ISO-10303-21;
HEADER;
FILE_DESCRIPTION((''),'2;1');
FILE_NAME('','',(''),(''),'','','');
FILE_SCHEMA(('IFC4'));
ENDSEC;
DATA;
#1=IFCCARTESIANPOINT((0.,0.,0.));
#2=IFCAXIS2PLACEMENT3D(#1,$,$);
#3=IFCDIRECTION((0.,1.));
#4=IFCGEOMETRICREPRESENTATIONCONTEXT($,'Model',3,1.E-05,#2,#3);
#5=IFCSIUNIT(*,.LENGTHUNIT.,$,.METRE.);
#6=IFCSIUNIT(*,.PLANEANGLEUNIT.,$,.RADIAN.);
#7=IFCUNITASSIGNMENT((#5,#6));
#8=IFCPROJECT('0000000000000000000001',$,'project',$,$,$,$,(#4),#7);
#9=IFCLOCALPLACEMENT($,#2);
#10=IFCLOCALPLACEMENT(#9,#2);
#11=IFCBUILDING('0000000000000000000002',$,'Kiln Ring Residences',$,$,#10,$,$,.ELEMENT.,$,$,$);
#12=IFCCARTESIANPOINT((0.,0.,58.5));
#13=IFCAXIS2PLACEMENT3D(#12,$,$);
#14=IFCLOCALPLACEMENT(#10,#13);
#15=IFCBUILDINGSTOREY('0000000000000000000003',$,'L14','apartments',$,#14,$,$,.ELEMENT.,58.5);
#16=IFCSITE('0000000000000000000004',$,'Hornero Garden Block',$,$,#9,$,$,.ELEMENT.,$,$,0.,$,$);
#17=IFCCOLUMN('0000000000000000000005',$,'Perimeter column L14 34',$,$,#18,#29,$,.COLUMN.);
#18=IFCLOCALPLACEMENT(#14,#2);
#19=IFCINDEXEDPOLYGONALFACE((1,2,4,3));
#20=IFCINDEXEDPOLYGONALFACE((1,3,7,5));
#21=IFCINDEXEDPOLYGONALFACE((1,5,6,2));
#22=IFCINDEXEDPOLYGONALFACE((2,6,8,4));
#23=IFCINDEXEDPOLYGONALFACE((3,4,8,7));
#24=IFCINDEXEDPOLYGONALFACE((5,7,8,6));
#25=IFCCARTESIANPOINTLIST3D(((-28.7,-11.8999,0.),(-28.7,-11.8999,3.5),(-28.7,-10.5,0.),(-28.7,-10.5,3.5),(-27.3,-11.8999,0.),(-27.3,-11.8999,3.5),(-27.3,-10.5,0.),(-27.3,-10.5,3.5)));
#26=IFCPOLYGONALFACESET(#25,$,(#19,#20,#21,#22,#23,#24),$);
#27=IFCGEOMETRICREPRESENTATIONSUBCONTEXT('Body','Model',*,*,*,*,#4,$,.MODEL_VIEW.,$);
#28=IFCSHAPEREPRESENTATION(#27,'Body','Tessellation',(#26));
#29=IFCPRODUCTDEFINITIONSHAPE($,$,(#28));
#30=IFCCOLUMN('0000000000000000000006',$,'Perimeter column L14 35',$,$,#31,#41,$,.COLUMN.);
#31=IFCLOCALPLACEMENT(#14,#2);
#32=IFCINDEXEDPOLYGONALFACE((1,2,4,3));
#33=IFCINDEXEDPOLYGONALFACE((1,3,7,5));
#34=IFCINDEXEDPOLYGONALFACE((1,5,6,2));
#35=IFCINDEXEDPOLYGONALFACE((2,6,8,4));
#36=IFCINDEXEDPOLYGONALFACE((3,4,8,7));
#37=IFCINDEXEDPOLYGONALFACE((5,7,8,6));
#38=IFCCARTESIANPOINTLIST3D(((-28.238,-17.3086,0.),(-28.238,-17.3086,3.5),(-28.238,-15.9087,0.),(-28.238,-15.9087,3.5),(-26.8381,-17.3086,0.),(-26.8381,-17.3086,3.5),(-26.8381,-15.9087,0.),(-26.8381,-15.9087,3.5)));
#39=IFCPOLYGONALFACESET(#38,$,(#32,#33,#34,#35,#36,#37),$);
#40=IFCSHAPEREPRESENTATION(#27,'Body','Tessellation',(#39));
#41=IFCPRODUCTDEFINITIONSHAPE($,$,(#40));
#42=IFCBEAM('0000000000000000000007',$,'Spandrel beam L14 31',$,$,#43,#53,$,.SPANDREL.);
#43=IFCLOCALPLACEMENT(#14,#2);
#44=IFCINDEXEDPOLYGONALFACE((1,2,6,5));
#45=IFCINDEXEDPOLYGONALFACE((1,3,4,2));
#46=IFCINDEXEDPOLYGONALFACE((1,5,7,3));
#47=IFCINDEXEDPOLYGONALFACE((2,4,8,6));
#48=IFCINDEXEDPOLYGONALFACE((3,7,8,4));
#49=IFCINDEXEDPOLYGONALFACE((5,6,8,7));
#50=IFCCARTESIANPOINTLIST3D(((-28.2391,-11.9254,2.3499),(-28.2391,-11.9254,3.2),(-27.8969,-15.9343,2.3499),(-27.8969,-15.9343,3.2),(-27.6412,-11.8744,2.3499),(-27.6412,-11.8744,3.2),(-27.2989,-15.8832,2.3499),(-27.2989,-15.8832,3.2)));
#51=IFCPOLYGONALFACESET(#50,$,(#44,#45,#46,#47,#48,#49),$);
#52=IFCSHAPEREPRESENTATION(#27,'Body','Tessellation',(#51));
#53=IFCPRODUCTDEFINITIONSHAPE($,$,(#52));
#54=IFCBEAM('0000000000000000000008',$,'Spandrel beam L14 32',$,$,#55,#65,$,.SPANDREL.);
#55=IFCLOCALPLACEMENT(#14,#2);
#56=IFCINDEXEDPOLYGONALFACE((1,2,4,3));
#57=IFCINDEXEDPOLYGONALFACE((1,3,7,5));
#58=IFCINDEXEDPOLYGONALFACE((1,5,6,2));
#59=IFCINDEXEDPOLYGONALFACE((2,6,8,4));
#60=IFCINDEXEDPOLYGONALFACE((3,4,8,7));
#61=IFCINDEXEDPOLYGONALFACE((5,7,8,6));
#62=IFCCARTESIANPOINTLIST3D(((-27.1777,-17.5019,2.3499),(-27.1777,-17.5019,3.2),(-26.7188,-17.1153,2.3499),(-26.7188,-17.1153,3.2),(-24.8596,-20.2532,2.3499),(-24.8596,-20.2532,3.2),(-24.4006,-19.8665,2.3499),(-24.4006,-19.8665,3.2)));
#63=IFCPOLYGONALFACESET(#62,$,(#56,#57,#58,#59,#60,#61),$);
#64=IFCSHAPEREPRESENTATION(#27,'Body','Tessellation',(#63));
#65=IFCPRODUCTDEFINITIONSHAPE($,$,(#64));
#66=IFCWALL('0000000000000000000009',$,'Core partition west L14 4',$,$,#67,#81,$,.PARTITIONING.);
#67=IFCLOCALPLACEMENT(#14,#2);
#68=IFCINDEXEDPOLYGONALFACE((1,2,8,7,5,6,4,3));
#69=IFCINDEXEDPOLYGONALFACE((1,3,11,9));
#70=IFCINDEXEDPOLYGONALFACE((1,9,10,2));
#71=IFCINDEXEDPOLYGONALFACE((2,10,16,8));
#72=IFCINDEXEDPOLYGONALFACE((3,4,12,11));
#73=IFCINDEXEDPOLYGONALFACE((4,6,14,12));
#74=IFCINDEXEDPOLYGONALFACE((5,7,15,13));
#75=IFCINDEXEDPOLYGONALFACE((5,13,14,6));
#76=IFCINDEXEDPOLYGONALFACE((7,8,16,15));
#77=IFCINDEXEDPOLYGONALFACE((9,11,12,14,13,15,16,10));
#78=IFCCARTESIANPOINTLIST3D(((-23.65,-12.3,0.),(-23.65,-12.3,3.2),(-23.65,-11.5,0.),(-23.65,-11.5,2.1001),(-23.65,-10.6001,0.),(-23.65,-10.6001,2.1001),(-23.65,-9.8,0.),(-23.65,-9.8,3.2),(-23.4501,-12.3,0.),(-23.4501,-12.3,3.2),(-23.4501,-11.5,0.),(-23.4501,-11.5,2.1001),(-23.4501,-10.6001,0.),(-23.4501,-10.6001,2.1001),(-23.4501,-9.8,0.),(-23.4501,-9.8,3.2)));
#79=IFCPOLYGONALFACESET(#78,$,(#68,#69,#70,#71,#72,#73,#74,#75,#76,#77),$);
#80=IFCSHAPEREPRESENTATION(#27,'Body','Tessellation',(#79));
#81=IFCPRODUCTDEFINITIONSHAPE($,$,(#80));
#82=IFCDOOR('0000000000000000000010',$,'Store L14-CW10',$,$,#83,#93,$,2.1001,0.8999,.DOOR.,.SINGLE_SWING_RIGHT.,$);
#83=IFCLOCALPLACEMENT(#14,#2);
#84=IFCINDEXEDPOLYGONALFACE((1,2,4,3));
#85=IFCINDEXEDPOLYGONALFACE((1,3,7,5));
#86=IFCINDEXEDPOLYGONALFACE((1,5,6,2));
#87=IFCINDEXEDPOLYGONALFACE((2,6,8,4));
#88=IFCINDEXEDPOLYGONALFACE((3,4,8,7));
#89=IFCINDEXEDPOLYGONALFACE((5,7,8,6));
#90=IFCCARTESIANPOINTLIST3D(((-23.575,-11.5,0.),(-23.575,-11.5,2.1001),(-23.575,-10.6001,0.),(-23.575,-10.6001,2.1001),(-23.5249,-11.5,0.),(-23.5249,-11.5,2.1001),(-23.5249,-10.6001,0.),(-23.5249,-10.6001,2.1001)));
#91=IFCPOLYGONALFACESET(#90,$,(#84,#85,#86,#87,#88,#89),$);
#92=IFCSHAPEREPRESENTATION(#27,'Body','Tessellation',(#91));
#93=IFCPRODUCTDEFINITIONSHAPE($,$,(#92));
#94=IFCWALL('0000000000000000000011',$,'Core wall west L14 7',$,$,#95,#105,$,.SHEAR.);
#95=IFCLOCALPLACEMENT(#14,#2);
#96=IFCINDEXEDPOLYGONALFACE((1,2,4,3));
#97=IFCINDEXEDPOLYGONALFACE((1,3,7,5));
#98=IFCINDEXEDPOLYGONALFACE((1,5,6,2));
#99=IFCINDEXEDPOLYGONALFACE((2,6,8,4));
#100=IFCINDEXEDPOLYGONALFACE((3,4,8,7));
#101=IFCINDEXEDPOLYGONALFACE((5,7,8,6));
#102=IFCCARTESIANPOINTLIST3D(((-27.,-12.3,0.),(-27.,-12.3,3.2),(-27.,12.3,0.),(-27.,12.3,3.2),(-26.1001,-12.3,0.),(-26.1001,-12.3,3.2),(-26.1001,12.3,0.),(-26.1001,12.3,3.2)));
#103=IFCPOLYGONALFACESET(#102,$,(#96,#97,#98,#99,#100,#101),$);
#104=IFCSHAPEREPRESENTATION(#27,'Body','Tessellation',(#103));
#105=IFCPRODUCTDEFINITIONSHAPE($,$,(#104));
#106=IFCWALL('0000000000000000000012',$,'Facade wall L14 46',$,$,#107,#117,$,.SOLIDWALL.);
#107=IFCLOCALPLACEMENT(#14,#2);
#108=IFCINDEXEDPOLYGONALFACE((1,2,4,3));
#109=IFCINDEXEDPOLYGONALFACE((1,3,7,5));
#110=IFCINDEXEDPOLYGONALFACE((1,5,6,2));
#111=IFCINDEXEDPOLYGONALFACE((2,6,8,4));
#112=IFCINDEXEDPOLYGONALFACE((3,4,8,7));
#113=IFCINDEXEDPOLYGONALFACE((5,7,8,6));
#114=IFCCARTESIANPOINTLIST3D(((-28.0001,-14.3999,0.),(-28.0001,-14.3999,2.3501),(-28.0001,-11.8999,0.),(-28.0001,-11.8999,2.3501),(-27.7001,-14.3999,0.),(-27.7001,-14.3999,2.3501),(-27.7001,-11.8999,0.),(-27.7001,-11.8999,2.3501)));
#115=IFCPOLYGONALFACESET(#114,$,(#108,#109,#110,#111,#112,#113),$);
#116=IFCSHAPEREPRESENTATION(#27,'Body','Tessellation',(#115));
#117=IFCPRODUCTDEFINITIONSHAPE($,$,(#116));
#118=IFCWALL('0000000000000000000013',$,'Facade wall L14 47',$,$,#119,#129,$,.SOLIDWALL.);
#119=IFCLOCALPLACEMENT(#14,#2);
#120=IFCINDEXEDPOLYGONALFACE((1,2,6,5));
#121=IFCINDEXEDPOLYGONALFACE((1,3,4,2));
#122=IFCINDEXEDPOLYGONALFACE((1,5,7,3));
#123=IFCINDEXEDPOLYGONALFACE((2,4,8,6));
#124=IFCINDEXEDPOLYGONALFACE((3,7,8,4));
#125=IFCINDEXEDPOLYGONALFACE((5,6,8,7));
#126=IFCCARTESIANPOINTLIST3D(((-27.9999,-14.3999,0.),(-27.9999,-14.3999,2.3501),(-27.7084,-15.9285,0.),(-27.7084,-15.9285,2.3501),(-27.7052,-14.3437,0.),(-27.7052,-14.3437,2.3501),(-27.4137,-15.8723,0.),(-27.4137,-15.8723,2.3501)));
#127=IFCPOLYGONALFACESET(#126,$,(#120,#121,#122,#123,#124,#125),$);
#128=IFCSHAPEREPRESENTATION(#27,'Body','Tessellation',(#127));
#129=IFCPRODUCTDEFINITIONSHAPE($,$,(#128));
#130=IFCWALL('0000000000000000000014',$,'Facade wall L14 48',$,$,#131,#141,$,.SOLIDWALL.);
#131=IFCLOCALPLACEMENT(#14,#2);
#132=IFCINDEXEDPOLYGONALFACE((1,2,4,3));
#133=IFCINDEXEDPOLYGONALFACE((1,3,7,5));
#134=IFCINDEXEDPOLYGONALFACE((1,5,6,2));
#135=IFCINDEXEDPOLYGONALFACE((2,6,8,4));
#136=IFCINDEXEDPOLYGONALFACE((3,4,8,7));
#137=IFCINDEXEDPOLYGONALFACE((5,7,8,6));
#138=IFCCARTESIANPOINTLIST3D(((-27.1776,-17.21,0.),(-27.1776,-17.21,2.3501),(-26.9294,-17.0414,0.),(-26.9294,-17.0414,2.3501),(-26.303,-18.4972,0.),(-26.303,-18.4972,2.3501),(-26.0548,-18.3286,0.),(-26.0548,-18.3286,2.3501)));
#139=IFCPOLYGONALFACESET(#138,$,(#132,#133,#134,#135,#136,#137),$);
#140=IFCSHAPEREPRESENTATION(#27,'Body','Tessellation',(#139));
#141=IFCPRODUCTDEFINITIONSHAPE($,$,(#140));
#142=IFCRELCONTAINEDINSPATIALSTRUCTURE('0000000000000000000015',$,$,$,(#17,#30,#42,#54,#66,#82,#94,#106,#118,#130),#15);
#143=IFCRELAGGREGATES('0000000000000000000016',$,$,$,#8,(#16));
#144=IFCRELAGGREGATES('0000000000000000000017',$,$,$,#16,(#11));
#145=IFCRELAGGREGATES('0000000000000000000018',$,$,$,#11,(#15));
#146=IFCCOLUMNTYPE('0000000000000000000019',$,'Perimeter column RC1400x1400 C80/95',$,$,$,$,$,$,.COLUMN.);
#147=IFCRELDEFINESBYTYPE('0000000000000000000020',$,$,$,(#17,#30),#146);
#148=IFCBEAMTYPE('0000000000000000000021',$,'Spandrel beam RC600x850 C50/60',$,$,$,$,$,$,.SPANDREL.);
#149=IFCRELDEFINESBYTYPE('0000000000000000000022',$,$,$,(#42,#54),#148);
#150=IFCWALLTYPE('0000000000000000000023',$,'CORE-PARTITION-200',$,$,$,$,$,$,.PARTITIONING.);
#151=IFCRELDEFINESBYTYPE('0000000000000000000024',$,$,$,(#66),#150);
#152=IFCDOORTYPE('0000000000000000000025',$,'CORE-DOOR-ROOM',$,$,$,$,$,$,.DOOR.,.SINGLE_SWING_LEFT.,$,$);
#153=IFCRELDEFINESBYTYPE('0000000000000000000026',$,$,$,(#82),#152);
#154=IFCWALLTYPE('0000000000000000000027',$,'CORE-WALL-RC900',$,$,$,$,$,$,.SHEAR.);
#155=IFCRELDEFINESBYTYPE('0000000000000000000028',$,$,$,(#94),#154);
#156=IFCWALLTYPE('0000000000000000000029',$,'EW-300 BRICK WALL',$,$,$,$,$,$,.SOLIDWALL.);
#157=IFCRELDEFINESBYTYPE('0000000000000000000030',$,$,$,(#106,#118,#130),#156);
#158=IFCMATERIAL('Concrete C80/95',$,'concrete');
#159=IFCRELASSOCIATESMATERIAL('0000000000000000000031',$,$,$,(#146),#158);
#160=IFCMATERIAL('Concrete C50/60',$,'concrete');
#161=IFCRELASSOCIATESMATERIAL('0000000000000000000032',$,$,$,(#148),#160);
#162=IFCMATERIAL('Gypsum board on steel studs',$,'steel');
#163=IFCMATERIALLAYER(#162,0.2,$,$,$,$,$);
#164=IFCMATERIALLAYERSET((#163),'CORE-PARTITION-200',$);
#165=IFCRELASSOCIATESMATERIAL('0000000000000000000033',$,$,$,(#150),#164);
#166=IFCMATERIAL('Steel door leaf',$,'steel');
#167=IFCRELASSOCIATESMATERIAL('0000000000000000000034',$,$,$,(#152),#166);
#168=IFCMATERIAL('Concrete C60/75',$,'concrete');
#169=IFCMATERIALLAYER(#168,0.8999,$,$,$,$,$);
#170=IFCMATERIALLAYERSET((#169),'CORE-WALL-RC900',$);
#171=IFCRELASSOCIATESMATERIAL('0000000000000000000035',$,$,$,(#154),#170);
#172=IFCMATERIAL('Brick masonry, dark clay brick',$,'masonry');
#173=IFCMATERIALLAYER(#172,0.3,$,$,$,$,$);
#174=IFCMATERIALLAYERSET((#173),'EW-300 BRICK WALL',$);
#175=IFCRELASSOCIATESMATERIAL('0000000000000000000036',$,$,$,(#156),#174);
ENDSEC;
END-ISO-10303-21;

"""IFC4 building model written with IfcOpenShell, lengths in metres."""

from ifc_helpers import new_model, si_unit, direction, frame, frame_2d, origin, origin_2d, place, context, subcontext, project, spatial, rectangle, extrude, material, layer, layer_set, material_profile, profile_set, type_object, element, fill, save


model = new_model("IFC4")

# Units and contexts
model_context = context("Model", 3, precision=1e-05, world=origin(), true_north=direction((0.0, 1.0)))
body_context = subcontext(model_context, "Body", "Model", "MODEL_VIEW")
ifc_project = project(units=[si_unit("LENGTHUNIT", "METRE"), si_unit("PLANEANGLEUNIT", "RADIAN")], contexts=[model_context])

# Site, building, storey
site_placement = place(None, origin())
site = spatial("IfcSite", under=ifc_project, at=site_placement, Name="Hornero Garden Block", CompositionType="ELEMENT", RefElevation=0.0)
building_placement = place(site_placement, origin())
building = spatial("IfcBuilding", under=site, at=building_placement, Name="Kiln Ring Residences", CompositionType="ELEMENT")
storey_placement = place(building_placement, frame((0.0, 0.0, 58.5)))
storey = spatial("IfcBuildingStorey", under=building, at=storey_placement, Name="L14", Description="apartments", CompositionType="ELEMENT", Elevation=58.5)

# Columns
ifc_material_1 = material(Name="Concrete C80/95", Category="concrete")
ifc_material_profile_1 = material_profile(ifc_material_1, rectangle(XDim=1.3999, YDim=1.3999, at=origin_2d()), Name="RC1400x1400")
ifc_profile_set_1 = profile_set([ifc_material_profile_1], Name="Concrete C80/95")
column_type = type_object("IfcColumnType", Name="Perimeter column RC1400x1400 C80/95", PredefinedType="COLUMN", material=ifc_profile_set_1)
for number, where, z_axis, x_axis, name in (
    (1, (-28.0, -11.2, 0.0), (0.0, 0.0, 1.0), (1.0, 0.0, 0.0), "Perimeter column L14 34"),
    (2, (-27.5381, -16.6086, 0.0), (0.0, 0.0, 1.0), (1.0, 0.0, 0.0), "Perimeter column L14 35"),
):
    element("IfcColumn", number, at=place(storey_placement, frame(where, z_axis=z_axis, x_axis=x_axis)), inside=storey, type_object=column_type, Name=name, PredefinedType="COLUMN", context=body_context, shape_type="SweptSolid", body=[
        extrude(rectangle(XDim=1.3999, YDim=1.3999, at=origin_2d()), origin(), (0.0, 0.0, 1.0), 3.5),
    ])

# Beams
ifc_material_2 = material(Name="Concrete C50/60", Category="concrete")
ifc_material_profile_2 = material_profile(ifc_material_2, rectangle(XDim=0.6001, YDim=0.8501, at=origin_2d()), Name="RC600x850")
ifc_profile_set_2 = profile_set([ifc_material_profile_2], Name="Concrete C50/60")
beam_type = type_object("IfcBeamType", Name="Spandrel beam RC600x850 C50/60", PredefinedType="SPANDREL", material=ifc_profile_set_2)
beam_1_placement = place(storey_placement, frame((-27.9402, -11.8999, 2.7749), z_axis=(0.085074, -0.996375, 0.0), x_axis=(0.996375, 0.085074, 0.0)))
element("IfcBeam", 3, at=beam_1_placement, inside=storey, type_object=beam_type, Name="Spandrel beam L14 31", PredefinedType="SPANDREL", context=body_context, shape_type="SweptSolid", body=[
    extrude(rectangle(XDim=0.6001, YDim=0.8501, at=origin_2d()), origin(), (0.0, 0.0, 1.0), 4.0234),
])
beam_2_placement = place(storey_placement, frame((-26.9482, -17.3086, 2.7749), z_axis=(0.644347, -0.764733, 0.0), x_axis=(0.764733, 0.644347, 0.0)))
element("IfcBeam", 4, at=beam_2_placement, inside=storey, type_object=beam_type, Name="Spandrel beam L14 32", PredefinedType="SPANDREL", context=body_context, shape_type="SweptSolid", body=[
    extrude(rectangle(XDim=0.6001, YDim=0.8501, at=origin_2d()), origin(), (0.0, 0.0, 1.0), 3.5977),
])

# Wall, opening, door
ifc_material_3 = material(Name="Gypsum board on steel studs", Category="steel")
ifc_layer_1 = layer(ifc_material_3, 0.2)
ifc_layer_set_1 = layer_set([ifc_layer_1], Name="CORE-PARTITION-200")
wall_type_1 = type_object("IfcWallType", Name="CORE-PARTITION-200", PredefinedType="PARTITIONING", material=ifc_layer_set_1)
wall_1_placement = place(storey_placement, frame((-23.55, -12.3, 0.0), z_axis=(0.0, 0.0, 1.0), x_axis=(0.0, 1.0, 0.0)))
wall_1 = element("IfcWall", 5, at=wall_1_placement, inside=storey, type_object=wall_type_1, Name="Core partition west L14 4", PredefinedType="PARTITIONING", context=body_context, shape_type="SweptSolid", body=[
    extrude(rectangle(XDim=2.5, YDim=0.2, at=frame_2d((1.25, 0.0))), origin(), (0.0, 0.0, 1.0), 3.2),
])
opening_1_placement = place(wall_1_placement, frame((0.8, 0.0, 0.0)))
opening_1 = element("IfcOpeningElement", 6, at=opening_1_placement, cuts=wall_1, PredefinedType="OPENING", context=body_context, shape_type="SweptSolid", body=[
    extrude(rectangle(XDim=0.8999, YDim=2.1001, at=frame_2d((0.45, 1.05))), frame((0.0, 0.1099, 0.0), z_axis=(0.0, -1.0, 0.0), x_axis=(1.0, 0.0, 0.0)), (0.0, 0.0, 1.0), 0.22),
])
ifc_material_4 = material(Name="Steel door leaf", Category="steel")
door_type_1 = type_object("IfcDoorType", Name="CORE-DOOR-ROOM", OperationType="SINGLE_SWING_LEFT", PredefinedType="DOOR", material=ifc_material_4)
door_1_placement = place(opening_1_placement, origin())
door_1 = element("IfcDoor", 7, at=door_1_placement, inside=storey, type_object=door_type_1, Name="Store L14-CW10", OperationType="SINGLE_SWING_RIGHT", OverallHeight=2.1001, OverallWidth=0.8999, PredefinedType="DOOR", context=body_context, shape_type="SweptSolid", body=[
    extrude(rectangle(XDim=0.8999, YDim=2.1001, at=frame_2d((0.45, 1.05))), frame((0.0, 0.0249, 0.0), z_axis=(0.0, -1.0, 0.0), x_axis=(1.0, 0.0, 0.0)), (0.0, 0.0, 1.0), 0.05),
])
fill(opening_1, door_1)

# Walls
ifc_material_5 = material(Name="Concrete C60/75", Category="concrete")
ifc_layer_2 = layer(ifc_material_5, 0.8999)
ifc_layer_set_2 = layer_set([ifc_layer_2], Name="CORE-WALL-RC900")
wall_type_2 = type_object("IfcWallType", Name="CORE-WALL-RC900", PredefinedType="SHEAR", material=ifc_layer_set_2)
wall_2_placement = place(storey_placement, frame((-26.55, -12.3, 0.0), z_axis=(0.0, 0.0, 1.0), x_axis=(0.0, 1.0, 0.0)))
element("IfcWall", 8, at=wall_2_placement, inside=storey, type_object=wall_type_2, Name="Core wall west L14 7", PredefinedType="SHEAR", context=body_context, shape_type="SweptSolid", body=[
    extrude(rectangle(XDim=24.6001, YDim=0.8999, at=frame_2d((12.3, 0.0))), origin(), (0.0, 0.0, 1.0), 3.2),
])
ifc_material_6 = material(Name="Brick masonry, dark clay brick", Category="masonry")
ifc_layer_3 = layer(ifc_material_6, 0.3)
ifc_layer_set_3 = layer_set([ifc_layer_3], Name="EW-300 BRICK WALL")
wall_type_3 = type_object("IfcWallType", Name="EW-300 BRICK WALL", PredefinedType="SOLIDWALL", material=ifc_layer_set_3)
wall_3_placement = place(storey_placement, frame((-27.8501, -11.8999, 0.0), z_axis=(0.0, 0.0, 1.0), x_axis=(0.0, -1.0, 0.0)))
element("IfcWall", 9, at=wall_3_placement, inside=storey, type_object=wall_type_3, Name="Facade wall L14 46", PredefinedType="SOLIDWALL", context=body_context, shape_type="SweptSolid", body=[
    extrude(rectangle(XDim=2.5, YDim=0.3, at=frame_2d((1.25, 0.0))), origin(), (0.0, 0.0, 1.0), 2.3501),
])
for number, where, z_axis, x_axis, name in (
    (10, (-27.8525, -14.3718, 0.0), (0.0, 0.0, 1.0), (0.187328, -0.982297, 0.0), "Facade wall L14 47"),
    (11, (-27.0535, -17.1257, 0.0), (0.0, 0.0, 1.0), (0.561992, -0.827142, 0.0), "Facade wall L14 48"),
):
    element("IfcWall", number, at=place(storey_placement, frame(where, z_axis=z_axis, x_axis=x_axis)), inside=storey, type_object=wall_type_3, Name=name, PredefinedType="SOLIDWALL", context=body_context, shape_type="SweptSolid", body=[
        extrude(rectangle(XDim=1.5562, YDim=0.3, at=frame_2d((0.7781, 0.0))), origin(), (0.0, 0.0, 1.0), 2.3501),
    ])

save(model, "model.ifc")
